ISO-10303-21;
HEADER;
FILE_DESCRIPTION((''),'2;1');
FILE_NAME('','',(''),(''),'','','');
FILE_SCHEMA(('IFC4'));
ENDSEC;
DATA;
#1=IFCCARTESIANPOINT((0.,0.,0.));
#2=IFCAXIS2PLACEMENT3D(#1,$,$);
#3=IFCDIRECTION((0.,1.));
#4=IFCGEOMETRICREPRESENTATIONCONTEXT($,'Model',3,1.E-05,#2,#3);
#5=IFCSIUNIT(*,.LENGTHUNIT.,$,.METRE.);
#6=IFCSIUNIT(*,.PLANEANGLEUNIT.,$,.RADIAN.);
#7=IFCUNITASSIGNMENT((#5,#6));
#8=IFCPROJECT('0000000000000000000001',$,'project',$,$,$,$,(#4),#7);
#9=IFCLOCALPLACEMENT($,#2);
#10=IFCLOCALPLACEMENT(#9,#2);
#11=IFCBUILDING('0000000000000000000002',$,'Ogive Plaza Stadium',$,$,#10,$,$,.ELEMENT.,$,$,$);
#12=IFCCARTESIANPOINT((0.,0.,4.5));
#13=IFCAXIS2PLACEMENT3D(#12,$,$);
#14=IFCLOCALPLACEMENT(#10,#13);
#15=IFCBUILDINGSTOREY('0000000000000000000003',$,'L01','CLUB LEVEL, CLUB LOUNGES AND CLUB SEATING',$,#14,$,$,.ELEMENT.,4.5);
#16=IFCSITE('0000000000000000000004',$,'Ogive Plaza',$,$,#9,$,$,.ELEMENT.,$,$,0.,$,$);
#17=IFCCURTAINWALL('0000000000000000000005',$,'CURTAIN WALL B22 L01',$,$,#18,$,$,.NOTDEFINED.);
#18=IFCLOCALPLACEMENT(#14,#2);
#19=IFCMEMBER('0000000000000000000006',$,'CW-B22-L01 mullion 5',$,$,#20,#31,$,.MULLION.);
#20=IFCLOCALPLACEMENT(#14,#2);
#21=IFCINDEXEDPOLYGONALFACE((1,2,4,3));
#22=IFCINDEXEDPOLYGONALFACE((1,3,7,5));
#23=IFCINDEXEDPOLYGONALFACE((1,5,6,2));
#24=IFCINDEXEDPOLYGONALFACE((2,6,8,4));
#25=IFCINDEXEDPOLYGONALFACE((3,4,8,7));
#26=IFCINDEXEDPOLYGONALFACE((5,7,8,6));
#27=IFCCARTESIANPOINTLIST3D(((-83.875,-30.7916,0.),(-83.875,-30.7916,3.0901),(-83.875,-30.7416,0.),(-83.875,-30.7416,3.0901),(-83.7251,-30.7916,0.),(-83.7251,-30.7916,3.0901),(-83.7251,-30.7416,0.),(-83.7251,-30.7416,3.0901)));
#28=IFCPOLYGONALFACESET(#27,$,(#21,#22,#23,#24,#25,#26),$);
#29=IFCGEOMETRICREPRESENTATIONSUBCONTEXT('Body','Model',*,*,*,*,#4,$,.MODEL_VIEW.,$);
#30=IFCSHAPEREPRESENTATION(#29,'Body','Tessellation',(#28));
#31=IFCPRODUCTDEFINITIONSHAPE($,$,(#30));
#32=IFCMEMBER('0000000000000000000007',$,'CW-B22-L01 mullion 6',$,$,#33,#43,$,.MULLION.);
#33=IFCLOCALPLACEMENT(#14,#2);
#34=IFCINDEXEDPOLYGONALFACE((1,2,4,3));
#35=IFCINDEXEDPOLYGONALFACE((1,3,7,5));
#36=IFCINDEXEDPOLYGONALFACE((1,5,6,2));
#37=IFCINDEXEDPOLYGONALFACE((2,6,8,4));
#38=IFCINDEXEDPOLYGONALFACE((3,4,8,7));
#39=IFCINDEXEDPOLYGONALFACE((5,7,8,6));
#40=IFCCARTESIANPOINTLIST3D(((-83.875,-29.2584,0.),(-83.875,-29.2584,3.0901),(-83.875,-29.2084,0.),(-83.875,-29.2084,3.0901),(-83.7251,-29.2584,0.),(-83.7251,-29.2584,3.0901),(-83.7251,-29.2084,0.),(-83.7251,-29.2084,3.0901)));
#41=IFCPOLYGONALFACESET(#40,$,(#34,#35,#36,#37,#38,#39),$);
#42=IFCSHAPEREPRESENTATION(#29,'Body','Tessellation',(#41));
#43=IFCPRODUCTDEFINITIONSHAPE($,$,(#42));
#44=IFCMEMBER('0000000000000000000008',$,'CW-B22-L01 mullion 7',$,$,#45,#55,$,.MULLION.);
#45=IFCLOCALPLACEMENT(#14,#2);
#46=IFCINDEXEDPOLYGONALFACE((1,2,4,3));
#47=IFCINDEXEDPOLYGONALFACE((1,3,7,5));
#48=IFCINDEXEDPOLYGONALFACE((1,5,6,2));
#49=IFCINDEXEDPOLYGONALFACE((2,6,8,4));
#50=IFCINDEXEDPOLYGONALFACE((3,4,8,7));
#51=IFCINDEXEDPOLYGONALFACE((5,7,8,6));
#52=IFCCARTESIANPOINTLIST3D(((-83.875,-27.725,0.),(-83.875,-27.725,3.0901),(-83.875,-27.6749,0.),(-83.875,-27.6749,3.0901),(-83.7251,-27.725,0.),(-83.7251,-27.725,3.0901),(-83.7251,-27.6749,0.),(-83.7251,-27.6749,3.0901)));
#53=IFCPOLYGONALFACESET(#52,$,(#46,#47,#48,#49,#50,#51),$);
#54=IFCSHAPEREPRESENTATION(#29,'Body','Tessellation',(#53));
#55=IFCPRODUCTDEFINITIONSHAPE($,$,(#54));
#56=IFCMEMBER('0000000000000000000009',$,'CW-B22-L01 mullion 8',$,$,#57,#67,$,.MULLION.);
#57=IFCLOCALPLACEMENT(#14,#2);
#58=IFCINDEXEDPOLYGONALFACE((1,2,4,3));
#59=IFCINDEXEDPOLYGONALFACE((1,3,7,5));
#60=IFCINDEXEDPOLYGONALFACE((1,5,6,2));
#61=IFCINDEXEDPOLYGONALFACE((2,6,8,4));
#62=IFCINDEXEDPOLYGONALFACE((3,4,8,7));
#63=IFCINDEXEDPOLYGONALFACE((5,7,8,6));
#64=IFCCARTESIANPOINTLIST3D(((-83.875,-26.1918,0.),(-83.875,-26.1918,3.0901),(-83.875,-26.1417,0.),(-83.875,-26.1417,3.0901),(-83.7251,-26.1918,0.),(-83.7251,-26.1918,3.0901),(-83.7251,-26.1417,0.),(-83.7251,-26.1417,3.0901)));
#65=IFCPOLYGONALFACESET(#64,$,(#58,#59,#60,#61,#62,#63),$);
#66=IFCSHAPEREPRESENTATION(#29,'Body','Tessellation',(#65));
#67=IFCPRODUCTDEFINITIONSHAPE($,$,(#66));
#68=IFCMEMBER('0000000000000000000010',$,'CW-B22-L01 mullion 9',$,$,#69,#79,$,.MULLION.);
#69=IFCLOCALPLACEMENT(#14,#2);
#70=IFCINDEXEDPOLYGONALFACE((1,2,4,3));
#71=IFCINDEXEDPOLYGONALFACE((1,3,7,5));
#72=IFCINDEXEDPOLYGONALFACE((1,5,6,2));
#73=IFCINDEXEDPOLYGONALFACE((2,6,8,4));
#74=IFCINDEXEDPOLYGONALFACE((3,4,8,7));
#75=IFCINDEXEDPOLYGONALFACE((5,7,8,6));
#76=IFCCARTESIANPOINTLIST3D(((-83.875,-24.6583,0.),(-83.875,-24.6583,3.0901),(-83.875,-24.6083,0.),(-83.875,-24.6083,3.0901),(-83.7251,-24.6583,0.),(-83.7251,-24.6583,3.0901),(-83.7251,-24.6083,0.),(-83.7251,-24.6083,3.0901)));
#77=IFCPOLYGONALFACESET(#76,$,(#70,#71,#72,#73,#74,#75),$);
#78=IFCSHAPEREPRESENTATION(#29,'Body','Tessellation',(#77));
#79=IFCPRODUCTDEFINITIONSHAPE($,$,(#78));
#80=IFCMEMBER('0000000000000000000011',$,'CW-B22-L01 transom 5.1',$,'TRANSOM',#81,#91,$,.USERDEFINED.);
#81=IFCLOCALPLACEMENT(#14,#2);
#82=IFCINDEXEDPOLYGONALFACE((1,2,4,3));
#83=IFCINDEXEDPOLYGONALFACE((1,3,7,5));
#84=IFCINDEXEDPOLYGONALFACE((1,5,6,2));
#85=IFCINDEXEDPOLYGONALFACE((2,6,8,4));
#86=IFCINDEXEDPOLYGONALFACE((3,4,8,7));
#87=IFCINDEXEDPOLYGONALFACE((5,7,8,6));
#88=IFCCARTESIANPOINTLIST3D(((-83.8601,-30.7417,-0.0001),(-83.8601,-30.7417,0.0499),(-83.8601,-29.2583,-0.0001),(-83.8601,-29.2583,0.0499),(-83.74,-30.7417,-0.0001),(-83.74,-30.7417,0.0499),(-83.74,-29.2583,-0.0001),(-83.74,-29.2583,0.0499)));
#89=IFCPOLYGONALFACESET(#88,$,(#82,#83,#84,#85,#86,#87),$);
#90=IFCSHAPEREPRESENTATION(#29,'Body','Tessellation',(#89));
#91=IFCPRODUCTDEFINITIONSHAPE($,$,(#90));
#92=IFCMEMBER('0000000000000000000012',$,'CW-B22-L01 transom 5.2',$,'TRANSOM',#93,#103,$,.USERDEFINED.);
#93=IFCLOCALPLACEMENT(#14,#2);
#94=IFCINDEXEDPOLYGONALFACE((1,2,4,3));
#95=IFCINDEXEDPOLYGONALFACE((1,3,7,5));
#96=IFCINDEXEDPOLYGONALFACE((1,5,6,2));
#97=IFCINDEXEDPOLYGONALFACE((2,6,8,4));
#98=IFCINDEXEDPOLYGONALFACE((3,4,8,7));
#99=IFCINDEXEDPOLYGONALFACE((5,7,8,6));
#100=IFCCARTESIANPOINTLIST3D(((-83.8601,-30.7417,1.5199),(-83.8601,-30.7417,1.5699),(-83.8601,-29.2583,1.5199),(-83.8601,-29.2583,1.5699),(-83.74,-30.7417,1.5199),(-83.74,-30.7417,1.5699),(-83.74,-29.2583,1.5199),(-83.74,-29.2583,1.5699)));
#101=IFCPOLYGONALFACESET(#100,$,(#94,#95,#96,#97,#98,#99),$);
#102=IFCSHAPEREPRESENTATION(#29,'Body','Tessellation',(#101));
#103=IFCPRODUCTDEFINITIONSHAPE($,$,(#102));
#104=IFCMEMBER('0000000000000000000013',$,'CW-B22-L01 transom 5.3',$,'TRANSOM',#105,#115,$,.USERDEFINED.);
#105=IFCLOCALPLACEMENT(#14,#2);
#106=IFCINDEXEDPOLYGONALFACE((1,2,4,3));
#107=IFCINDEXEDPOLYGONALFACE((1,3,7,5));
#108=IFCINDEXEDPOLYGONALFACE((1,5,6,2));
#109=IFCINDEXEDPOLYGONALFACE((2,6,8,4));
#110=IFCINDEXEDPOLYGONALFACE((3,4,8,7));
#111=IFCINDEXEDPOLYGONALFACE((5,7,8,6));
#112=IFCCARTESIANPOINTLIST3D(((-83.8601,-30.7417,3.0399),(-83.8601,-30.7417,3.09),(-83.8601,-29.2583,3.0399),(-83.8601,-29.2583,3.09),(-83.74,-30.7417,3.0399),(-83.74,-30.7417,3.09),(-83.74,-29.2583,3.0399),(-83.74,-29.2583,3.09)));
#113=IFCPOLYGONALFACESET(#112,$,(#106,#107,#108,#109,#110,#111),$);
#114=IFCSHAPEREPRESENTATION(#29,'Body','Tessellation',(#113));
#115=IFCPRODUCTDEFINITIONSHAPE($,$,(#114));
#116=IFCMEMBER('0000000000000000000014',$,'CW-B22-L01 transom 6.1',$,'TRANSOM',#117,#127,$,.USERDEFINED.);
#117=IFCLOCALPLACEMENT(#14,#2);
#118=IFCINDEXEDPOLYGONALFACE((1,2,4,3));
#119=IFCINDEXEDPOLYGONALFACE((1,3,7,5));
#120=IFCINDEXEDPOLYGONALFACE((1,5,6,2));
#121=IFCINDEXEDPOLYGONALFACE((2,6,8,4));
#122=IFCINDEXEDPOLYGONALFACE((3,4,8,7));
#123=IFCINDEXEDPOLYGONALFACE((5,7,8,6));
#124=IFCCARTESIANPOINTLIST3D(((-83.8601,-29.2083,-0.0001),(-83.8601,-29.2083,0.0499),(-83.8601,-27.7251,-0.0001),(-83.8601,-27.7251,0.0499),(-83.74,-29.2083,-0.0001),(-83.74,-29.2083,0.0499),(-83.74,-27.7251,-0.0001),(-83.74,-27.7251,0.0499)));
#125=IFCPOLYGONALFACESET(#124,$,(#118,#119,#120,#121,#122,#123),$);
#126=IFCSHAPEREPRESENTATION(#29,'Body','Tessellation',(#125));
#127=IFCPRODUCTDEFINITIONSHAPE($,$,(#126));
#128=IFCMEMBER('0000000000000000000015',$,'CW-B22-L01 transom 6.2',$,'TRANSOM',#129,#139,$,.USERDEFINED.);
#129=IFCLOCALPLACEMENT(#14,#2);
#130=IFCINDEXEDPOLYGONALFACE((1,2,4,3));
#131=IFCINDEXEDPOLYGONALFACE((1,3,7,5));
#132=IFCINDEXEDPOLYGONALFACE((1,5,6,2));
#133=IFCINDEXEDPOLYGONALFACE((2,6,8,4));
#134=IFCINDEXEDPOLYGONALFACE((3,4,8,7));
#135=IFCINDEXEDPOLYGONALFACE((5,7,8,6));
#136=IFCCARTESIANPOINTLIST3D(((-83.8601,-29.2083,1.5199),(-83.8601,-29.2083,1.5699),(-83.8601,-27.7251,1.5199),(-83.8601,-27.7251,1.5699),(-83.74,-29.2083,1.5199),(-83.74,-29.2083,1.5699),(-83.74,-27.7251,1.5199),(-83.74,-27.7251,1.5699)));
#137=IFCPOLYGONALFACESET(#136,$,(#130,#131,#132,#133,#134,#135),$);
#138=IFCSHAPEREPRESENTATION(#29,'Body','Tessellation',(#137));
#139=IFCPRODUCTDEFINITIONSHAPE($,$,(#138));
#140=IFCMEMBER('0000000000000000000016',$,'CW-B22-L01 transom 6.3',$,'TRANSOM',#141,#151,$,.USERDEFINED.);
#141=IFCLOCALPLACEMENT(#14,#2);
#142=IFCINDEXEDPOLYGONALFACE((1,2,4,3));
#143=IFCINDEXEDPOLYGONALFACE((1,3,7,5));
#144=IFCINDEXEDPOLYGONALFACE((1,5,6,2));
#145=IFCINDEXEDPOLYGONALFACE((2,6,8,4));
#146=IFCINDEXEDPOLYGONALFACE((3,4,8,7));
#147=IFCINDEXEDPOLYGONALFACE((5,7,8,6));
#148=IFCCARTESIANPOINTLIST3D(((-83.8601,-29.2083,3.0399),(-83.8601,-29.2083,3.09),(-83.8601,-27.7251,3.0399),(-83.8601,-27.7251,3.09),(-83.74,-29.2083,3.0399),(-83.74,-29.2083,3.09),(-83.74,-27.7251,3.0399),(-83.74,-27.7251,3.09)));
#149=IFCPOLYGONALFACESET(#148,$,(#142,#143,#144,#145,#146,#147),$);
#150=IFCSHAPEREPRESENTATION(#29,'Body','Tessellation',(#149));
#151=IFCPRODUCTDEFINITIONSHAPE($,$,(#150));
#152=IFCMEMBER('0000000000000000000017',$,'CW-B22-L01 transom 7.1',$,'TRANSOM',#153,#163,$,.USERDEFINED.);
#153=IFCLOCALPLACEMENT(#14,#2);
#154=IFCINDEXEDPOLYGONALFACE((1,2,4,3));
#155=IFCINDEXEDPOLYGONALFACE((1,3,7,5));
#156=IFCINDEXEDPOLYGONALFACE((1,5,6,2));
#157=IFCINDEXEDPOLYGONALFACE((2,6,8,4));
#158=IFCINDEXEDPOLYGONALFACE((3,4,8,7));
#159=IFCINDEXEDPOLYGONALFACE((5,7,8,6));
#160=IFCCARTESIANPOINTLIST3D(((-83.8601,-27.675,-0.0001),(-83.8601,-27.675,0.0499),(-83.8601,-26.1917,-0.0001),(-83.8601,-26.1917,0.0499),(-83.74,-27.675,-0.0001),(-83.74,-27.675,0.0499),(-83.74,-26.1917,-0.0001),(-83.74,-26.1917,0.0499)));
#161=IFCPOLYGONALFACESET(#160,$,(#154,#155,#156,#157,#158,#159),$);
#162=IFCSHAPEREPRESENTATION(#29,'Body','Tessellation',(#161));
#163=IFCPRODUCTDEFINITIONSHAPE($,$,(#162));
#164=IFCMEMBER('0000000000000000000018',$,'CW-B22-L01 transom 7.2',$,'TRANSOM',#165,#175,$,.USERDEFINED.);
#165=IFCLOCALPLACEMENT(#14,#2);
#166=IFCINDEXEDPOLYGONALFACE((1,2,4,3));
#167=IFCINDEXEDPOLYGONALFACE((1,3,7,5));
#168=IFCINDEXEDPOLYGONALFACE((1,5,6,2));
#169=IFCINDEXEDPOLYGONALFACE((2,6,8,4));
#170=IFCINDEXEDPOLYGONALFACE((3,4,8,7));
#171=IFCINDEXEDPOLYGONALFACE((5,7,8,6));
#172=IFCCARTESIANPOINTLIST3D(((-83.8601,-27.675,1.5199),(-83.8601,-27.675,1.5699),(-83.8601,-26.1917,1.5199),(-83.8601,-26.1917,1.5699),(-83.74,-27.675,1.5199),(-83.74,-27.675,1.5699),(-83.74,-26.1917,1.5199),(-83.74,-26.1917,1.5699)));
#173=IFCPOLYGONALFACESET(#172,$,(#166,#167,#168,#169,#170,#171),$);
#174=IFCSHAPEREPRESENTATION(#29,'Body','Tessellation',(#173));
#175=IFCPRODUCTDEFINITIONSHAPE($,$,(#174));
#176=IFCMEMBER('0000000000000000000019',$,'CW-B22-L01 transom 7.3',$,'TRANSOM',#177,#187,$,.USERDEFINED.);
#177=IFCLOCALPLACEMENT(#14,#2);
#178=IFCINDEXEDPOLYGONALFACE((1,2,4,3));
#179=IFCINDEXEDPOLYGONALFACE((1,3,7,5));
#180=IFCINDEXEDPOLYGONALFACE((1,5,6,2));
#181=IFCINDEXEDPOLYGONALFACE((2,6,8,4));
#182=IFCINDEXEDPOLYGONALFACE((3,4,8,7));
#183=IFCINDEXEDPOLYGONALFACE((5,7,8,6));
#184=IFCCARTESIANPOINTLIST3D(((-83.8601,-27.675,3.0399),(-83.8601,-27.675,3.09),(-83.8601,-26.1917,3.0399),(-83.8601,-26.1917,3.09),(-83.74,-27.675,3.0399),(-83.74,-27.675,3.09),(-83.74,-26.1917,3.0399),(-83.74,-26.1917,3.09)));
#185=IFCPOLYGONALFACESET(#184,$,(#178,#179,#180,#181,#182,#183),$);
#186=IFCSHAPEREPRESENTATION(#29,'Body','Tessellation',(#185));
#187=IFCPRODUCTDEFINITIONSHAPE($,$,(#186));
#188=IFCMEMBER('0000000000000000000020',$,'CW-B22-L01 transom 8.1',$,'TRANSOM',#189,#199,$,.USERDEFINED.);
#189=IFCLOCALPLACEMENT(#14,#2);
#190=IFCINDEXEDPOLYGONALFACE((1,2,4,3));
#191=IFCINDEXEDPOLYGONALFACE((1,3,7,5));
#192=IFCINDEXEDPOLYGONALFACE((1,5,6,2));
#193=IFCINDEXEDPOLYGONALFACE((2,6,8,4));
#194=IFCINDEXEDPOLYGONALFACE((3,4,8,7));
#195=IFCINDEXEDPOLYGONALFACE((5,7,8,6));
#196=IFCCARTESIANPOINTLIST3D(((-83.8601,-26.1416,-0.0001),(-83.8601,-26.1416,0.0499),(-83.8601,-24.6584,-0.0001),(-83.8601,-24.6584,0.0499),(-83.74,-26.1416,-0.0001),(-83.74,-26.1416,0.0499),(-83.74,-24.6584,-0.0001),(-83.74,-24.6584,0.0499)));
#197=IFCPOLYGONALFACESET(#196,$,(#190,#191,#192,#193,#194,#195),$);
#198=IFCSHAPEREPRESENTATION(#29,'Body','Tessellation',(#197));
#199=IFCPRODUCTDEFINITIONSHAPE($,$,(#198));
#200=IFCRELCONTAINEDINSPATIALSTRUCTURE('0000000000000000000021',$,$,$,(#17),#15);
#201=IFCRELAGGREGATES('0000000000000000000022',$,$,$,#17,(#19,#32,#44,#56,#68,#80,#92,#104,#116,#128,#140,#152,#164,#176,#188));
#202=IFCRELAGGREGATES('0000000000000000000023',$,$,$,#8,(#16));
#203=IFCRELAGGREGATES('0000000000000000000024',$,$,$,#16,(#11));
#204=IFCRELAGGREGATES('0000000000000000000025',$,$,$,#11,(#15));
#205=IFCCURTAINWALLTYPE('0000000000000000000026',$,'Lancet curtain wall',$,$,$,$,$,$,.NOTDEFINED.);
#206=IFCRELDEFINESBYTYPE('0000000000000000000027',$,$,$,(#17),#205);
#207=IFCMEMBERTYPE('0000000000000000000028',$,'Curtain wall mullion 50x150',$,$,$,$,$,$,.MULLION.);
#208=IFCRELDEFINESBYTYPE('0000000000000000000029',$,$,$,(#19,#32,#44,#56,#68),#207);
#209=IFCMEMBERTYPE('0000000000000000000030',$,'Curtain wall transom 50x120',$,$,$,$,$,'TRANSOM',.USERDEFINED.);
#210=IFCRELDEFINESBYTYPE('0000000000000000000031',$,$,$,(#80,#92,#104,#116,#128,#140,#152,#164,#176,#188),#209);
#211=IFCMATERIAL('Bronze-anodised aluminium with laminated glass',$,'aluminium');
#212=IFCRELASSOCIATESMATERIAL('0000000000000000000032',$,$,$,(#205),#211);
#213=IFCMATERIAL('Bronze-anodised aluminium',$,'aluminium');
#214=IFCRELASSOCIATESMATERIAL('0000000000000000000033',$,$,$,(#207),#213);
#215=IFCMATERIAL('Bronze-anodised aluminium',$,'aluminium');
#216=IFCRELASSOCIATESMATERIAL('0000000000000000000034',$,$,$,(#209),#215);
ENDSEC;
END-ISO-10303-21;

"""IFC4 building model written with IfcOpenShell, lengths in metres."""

from ifc_helpers import new_model, si_unit, direction, frame, origin, origin_2d, place, context, subcontext, project, spatial, rectangle, extrude, material, material_profile, profile_set, type_object, element, aggregate, save


model = new_model("IFC4")

# Units and contexts
model_context = context("Model", 3, precision=1e-05, world=origin(), true_north=direction((0.0, 1.0)))
body_context = subcontext(model_context, "Body", "Model", "MODEL_VIEW")
ifc_project = project(units=[si_unit("LENGTHUNIT", "METRE"), si_unit("PLANEANGLEUNIT", "RADIAN")], contexts=[model_context])

# Site, building, storey
site_placement = place(None, origin())
site = spatial("IfcSite", under=ifc_project, at=site_placement, Name="Ogive Plaza", CompositionType="ELEMENT", RefElevation=0.0)
building_placement = place(site_placement, origin())
building = spatial("IfcBuilding", under=site, at=building_placement, Name="Ogive Plaza Stadium", CompositionType="ELEMENT")
storey_placement = place(building_placement, frame((0.0, 0.0, 4.5)))
storey = spatial("IfcBuildingStorey", under=building, at=storey_placement, Name="L01", Description="CLUB LEVEL, CLUB LOUNGES AND CLUB SEATING", CompositionType="ELEMENT", Elevation=4.5)

# Curtain wall, members
ifc_material_1 = material(Name="Bronze-anodised aluminium with laminated glass", Category="aluminium")
curtain_wall_type = type_object("IfcCurtainWallType", Name="Lancet curtain wall", PredefinedType="NOTDEFINED", material=ifc_material_1)
curtain_wall_placement = place(storey_placement, origin())
curtain_wall = element("IfcCurtainWall", 1, at=curtain_wall_placement, inside=storey, type_object=curtain_wall_type, Name="CURTAIN WALL B22 L01", PredefinedType="NOTDEFINED")
ifc_material_2 = material(Name="Bronze-anodised aluminium", Category="aluminium")
ifc_material_profile_1 = material_profile(ifc_material_2, rectangle(XDim=0.1499, YDim=0.05, at=origin_2d()), Name="AL 150x50")
ifc_profile_set_1 = profile_set([ifc_material_profile_1], Name="Bronze-anodised aluminium")
member_type_1 = type_object("IfcMemberType", Name="Curtain wall mullion 50x150", PredefinedType="MULLION", material=ifc_profile_set_1)
member_1_placement = place(storey_placement, frame((-83.8, -30.7666, 0.0), z_axis=(0.0, 0.0, 1.0), x_axis=(-1.0, 0.0, 0.0)))
member_1 = element("IfcMember", 2, at=member_1_placement, type_object=member_type_1, Name="CW-B22-L01 mullion 5", PredefinedType="MULLION", context=body_context, shape_type="SweptSolid", body=[
    extrude(rectangle(XDim=0.1499, YDim=0.05, at=origin_2d()), origin(), (0.0, 0.0, 1.0), 3.0901),
])
member_2_placement = place(storey_placement, frame((-83.8, -29.2334, 0.0), z_axis=(0.0, 0.0, 1.0), x_axis=(-1.0, 0.0, 0.0)))
member_2 = element("IfcMember", 3, at=member_2_placement, type_object=member_type_1, Name="CW-B22-L01 mullion 6", PredefinedType="MULLION", context=body_context, shape_type="SweptSolid", body=[
    extrude(rectangle(XDim=0.1499, YDim=0.05, at=origin_2d()), origin(), (0.0, 0.0, 1.0), 3.0901),
])
member_3_placement = place(storey_placement, frame((-83.8, -27.7, 0.0), z_axis=(0.0, 0.0, 1.0), x_axis=(-1.0, 0.0, 0.0)))
member_3 = element("IfcMember", 4, at=member_3_placement, type_object=member_type_1, Name="CW-B22-L01 mullion 7", PredefinedType="MULLION", context=body_context, shape_type="SweptSolid", body=[
    extrude(rectangle(XDim=0.1499, YDim=0.05, at=origin_2d()), origin(), (0.0, 0.0, 1.0), 3.0901),
])
member_4_placement = place(storey_placement, frame((-83.8, -26.1667, 0.0), z_axis=(0.0, 0.0, 1.0), x_axis=(-1.0, 0.0, 0.0)))
member_4 = element("IfcMember", 5, at=member_4_placement, type_object=member_type_1, Name="CW-B22-L01 mullion 8", PredefinedType="MULLION", context=body_context, shape_type="SweptSolid", body=[
    extrude(rectangle(XDim=0.1499, YDim=0.05, at=origin_2d()), origin(), (0.0, 0.0, 1.0), 3.0901),
])
member_5_placement = place(storey_placement, frame((-83.8, -24.6333, 0.0), z_axis=(0.0, 0.0, 1.0), x_axis=(-1.0, 0.0, 0.0)))
member_5 = element("IfcMember", 6, at=member_5_placement, type_object=member_type_1, Name="CW-B22-L01 mullion 9", PredefinedType="MULLION", context=body_context, shape_type="SweptSolid", body=[
    extrude(rectangle(XDim=0.1499, YDim=0.05, at=origin_2d()), origin(), (0.0, 0.0, 1.0), 3.0901),
])
ifc_material_3 = material(Name="Bronze-anodised aluminium", Category="aluminium")
ifc_material_profile_2 = material_profile(ifc_material_3, rectangle(XDim=0.1201, YDim=0.05, at=origin_2d()), Name="AL 120x50")
ifc_profile_set_2 = profile_set([ifc_material_profile_2], Name="Bronze-anodised aluminium")
member_type_2 = type_object("IfcMemberType", Name="Curtain wall transom 50x120", ElementType="TRANSOM", PredefinedType="USERDEFINED", material=ifc_profile_set_2)
member_6_placement = place(storey_placement, frame((-83.8, -30.7417, 0.0249), z_axis=(0.0, 1.0, 0.0), x_axis=(-1.0, 0.0, 0.0)))
member_6 = element("IfcMember", 7, at=member_6_placement, type_object=member_type_2, Name="CW-B22-L01 transom 5.1", ObjectType="TRANSOM", PredefinedType="USERDEFINED", context=body_context, shape_type="SweptSolid", body=[
    extrude(rectangle(XDim=0.1201, YDim=0.05, at=origin_2d()), origin(), (0.0, 0.0, 1.0), 1.4834),
])
member_7_placement = place(storey_placement, frame((-83.8, -30.7417, 1.5449), z_axis=(0.0, 1.0, 0.0), x_axis=(-1.0, 0.0, 0.0)))
member_7 = element("IfcMember", 8, at=member_7_placement, type_object=member_type_2, Name="CW-B22-L01 transom 5.2", ObjectType="TRANSOM", PredefinedType="USERDEFINED", context=body_context, shape_type="SweptSolid", body=[
    extrude(rectangle(XDim=0.1201, YDim=0.05, at=origin_2d()), origin(), (0.0, 0.0, 1.0), 1.4834),
])
member_8_placement = place(storey_placement, frame((-83.8, -30.7417, 3.0649), z_axis=(0.0, 1.0, 0.0), x_axis=(-1.0, 0.0, 0.0)))
member_8 = element("IfcMember", 9, at=member_8_placement, type_object=member_type_2, Name="CW-B22-L01 transom 5.3", ObjectType="TRANSOM", PredefinedType="USERDEFINED", context=body_context, shape_type="SweptSolid", body=[
    extrude(rectangle(XDim=0.1201, YDim=0.05, at=origin_2d()), origin(), (0.0, 0.0, 1.0), 1.4834),
])
member_9_placement = place(storey_placement, frame((-83.8, -29.2083, 0.0249), z_axis=(0.0, 1.0, 0.0), x_axis=(-1.0, 0.0, 0.0)))
member_9 = element("IfcMember", 10, at=member_9_placement, type_object=member_type_2, Name="CW-B22-L01 transom 6.1", ObjectType="TRANSOM", PredefinedType="USERDEFINED", context=body_context, shape_type="SweptSolid", body=[
    extrude(rectangle(XDim=0.1201, YDim=0.05, at=origin_2d()), origin(), (0.0, 0.0, 1.0), 1.4832),
])
member_10_placement = place(storey_placement, frame((-83.8, -29.2083, 1.5449), z_axis=(0.0, 1.0, 0.0), x_axis=(-1.0, 0.0, 0.0)))
member_10 = element("IfcMember", 11, at=member_10_placement, type_object=member_type_2, Name="CW-B22-L01 transom 6.2", ObjectType="TRANSOM", PredefinedType="USERDEFINED", context=body_context, shape_type="SweptSolid", body=[
    extrude(rectangle(XDim=0.1201, YDim=0.05, at=origin_2d()), origin(), (0.0, 0.0, 1.0), 1.4832),
])
member_11_placement = place(storey_placement, frame((-83.8, -29.2083, 3.0649), z_axis=(0.0, 1.0, 0.0), x_axis=(-1.0, 0.0, 0.0)))
member_11 = element("IfcMember", 12, at=member_11_placement, type_object=member_type_2, Name="CW-B22-L01 transom 6.3", ObjectType="TRANSOM", PredefinedType="USERDEFINED", context=body_context, shape_type="SweptSolid", body=[
    extrude(rectangle(XDim=0.1201, YDim=0.05, at=origin_2d()), origin(), (0.0, 0.0, 1.0), 1.4832),
])
member_12_placement = place(storey_placement, frame((-83.8, -27.675, 0.0249), z_axis=(0.0, 1.0, 0.0), x_axis=(-1.0, 0.0, 0.0)))
member_12 = element("IfcMember", 13, at=member_12_placement, type_object=member_type_2, Name="CW-B22-L01 transom 7.1", ObjectType="TRANSOM", PredefinedType="USERDEFINED", context=body_context, shape_type="SweptSolid", body=[
    extrude(rectangle(XDim=0.1201, YDim=0.05, at=origin_2d()), origin(), (0.0, 0.0, 1.0), 1.4834),
])
member_13_placement = place(storey_placement, frame((-83.8, -27.675, 1.5449), z_axis=(0.0, 1.0, 0.0), x_axis=(-1.0, 0.0, 0.0)))
member_13 = element("IfcMember", 14, at=member_13_placement, type_object=member_type_2, Name="CW-B22-L01 transom 7.2", ObjectType="TRANSOM", PredefinedType="USERDEFINED", context=body_context, shape_type="SweptSolid", body=[
    extrude(rectangle(XDim=0.1201, YDim=0.05, at=origin_2d()), origin(), (0.0, 0.0, 1.0), 1.4834),
])
member_14_placement = place(storey_placement, frame((-83.8, -27.675, 3.0649), z_axis=(0.0, 1.0, 0.0), x_axis=(-1.0, 0.0, 0.0)))
member_14 = element("IfcMember", 15, at=member_14_placement, type_object=member_type_2, Name="CW-B22-L01 transom 7.3", ObjectType="TRANSOM", PredefinedType="USERDEFINED", context=body_context, shape_type="SweptSolid", body=[
    extrude(rectangle(XDim=0.1201, YDim=0.05, at=origin_2d()), origin(), (0.0, 0.0, 1.0), 1.4834),
])
member_15_placement = place(storey_placement, frame((-83.8, -26.1416, 0.0249), z_axis=(0.0, 1.0, 0.0), x_axis=(-1.0, 0.0, 0.0)))
member_15 = element("IfcMember", 16, at=member_15_placement, type_object=member_type_2, Name="CW-B22-L01 transom 8.1", ObjectType="TRANSOM", PredefinedType="USERDEFINED", context=body_context, shape_type="SweptSolid", body=[
    extrude(rectangle(XDim=0.1201, YDim=0.05, at=origin_2d()), origin(), (0.0, 0.0, 1.0), 1.4832),
])
aggregate(curtain_wall, [member_1, member_2, member_3, member_4, member_5, member_6, member_7, member_8, member_9, member_10, member_11, member_12, member_13, member_14, member_15])

save(model, "model.ifc")
